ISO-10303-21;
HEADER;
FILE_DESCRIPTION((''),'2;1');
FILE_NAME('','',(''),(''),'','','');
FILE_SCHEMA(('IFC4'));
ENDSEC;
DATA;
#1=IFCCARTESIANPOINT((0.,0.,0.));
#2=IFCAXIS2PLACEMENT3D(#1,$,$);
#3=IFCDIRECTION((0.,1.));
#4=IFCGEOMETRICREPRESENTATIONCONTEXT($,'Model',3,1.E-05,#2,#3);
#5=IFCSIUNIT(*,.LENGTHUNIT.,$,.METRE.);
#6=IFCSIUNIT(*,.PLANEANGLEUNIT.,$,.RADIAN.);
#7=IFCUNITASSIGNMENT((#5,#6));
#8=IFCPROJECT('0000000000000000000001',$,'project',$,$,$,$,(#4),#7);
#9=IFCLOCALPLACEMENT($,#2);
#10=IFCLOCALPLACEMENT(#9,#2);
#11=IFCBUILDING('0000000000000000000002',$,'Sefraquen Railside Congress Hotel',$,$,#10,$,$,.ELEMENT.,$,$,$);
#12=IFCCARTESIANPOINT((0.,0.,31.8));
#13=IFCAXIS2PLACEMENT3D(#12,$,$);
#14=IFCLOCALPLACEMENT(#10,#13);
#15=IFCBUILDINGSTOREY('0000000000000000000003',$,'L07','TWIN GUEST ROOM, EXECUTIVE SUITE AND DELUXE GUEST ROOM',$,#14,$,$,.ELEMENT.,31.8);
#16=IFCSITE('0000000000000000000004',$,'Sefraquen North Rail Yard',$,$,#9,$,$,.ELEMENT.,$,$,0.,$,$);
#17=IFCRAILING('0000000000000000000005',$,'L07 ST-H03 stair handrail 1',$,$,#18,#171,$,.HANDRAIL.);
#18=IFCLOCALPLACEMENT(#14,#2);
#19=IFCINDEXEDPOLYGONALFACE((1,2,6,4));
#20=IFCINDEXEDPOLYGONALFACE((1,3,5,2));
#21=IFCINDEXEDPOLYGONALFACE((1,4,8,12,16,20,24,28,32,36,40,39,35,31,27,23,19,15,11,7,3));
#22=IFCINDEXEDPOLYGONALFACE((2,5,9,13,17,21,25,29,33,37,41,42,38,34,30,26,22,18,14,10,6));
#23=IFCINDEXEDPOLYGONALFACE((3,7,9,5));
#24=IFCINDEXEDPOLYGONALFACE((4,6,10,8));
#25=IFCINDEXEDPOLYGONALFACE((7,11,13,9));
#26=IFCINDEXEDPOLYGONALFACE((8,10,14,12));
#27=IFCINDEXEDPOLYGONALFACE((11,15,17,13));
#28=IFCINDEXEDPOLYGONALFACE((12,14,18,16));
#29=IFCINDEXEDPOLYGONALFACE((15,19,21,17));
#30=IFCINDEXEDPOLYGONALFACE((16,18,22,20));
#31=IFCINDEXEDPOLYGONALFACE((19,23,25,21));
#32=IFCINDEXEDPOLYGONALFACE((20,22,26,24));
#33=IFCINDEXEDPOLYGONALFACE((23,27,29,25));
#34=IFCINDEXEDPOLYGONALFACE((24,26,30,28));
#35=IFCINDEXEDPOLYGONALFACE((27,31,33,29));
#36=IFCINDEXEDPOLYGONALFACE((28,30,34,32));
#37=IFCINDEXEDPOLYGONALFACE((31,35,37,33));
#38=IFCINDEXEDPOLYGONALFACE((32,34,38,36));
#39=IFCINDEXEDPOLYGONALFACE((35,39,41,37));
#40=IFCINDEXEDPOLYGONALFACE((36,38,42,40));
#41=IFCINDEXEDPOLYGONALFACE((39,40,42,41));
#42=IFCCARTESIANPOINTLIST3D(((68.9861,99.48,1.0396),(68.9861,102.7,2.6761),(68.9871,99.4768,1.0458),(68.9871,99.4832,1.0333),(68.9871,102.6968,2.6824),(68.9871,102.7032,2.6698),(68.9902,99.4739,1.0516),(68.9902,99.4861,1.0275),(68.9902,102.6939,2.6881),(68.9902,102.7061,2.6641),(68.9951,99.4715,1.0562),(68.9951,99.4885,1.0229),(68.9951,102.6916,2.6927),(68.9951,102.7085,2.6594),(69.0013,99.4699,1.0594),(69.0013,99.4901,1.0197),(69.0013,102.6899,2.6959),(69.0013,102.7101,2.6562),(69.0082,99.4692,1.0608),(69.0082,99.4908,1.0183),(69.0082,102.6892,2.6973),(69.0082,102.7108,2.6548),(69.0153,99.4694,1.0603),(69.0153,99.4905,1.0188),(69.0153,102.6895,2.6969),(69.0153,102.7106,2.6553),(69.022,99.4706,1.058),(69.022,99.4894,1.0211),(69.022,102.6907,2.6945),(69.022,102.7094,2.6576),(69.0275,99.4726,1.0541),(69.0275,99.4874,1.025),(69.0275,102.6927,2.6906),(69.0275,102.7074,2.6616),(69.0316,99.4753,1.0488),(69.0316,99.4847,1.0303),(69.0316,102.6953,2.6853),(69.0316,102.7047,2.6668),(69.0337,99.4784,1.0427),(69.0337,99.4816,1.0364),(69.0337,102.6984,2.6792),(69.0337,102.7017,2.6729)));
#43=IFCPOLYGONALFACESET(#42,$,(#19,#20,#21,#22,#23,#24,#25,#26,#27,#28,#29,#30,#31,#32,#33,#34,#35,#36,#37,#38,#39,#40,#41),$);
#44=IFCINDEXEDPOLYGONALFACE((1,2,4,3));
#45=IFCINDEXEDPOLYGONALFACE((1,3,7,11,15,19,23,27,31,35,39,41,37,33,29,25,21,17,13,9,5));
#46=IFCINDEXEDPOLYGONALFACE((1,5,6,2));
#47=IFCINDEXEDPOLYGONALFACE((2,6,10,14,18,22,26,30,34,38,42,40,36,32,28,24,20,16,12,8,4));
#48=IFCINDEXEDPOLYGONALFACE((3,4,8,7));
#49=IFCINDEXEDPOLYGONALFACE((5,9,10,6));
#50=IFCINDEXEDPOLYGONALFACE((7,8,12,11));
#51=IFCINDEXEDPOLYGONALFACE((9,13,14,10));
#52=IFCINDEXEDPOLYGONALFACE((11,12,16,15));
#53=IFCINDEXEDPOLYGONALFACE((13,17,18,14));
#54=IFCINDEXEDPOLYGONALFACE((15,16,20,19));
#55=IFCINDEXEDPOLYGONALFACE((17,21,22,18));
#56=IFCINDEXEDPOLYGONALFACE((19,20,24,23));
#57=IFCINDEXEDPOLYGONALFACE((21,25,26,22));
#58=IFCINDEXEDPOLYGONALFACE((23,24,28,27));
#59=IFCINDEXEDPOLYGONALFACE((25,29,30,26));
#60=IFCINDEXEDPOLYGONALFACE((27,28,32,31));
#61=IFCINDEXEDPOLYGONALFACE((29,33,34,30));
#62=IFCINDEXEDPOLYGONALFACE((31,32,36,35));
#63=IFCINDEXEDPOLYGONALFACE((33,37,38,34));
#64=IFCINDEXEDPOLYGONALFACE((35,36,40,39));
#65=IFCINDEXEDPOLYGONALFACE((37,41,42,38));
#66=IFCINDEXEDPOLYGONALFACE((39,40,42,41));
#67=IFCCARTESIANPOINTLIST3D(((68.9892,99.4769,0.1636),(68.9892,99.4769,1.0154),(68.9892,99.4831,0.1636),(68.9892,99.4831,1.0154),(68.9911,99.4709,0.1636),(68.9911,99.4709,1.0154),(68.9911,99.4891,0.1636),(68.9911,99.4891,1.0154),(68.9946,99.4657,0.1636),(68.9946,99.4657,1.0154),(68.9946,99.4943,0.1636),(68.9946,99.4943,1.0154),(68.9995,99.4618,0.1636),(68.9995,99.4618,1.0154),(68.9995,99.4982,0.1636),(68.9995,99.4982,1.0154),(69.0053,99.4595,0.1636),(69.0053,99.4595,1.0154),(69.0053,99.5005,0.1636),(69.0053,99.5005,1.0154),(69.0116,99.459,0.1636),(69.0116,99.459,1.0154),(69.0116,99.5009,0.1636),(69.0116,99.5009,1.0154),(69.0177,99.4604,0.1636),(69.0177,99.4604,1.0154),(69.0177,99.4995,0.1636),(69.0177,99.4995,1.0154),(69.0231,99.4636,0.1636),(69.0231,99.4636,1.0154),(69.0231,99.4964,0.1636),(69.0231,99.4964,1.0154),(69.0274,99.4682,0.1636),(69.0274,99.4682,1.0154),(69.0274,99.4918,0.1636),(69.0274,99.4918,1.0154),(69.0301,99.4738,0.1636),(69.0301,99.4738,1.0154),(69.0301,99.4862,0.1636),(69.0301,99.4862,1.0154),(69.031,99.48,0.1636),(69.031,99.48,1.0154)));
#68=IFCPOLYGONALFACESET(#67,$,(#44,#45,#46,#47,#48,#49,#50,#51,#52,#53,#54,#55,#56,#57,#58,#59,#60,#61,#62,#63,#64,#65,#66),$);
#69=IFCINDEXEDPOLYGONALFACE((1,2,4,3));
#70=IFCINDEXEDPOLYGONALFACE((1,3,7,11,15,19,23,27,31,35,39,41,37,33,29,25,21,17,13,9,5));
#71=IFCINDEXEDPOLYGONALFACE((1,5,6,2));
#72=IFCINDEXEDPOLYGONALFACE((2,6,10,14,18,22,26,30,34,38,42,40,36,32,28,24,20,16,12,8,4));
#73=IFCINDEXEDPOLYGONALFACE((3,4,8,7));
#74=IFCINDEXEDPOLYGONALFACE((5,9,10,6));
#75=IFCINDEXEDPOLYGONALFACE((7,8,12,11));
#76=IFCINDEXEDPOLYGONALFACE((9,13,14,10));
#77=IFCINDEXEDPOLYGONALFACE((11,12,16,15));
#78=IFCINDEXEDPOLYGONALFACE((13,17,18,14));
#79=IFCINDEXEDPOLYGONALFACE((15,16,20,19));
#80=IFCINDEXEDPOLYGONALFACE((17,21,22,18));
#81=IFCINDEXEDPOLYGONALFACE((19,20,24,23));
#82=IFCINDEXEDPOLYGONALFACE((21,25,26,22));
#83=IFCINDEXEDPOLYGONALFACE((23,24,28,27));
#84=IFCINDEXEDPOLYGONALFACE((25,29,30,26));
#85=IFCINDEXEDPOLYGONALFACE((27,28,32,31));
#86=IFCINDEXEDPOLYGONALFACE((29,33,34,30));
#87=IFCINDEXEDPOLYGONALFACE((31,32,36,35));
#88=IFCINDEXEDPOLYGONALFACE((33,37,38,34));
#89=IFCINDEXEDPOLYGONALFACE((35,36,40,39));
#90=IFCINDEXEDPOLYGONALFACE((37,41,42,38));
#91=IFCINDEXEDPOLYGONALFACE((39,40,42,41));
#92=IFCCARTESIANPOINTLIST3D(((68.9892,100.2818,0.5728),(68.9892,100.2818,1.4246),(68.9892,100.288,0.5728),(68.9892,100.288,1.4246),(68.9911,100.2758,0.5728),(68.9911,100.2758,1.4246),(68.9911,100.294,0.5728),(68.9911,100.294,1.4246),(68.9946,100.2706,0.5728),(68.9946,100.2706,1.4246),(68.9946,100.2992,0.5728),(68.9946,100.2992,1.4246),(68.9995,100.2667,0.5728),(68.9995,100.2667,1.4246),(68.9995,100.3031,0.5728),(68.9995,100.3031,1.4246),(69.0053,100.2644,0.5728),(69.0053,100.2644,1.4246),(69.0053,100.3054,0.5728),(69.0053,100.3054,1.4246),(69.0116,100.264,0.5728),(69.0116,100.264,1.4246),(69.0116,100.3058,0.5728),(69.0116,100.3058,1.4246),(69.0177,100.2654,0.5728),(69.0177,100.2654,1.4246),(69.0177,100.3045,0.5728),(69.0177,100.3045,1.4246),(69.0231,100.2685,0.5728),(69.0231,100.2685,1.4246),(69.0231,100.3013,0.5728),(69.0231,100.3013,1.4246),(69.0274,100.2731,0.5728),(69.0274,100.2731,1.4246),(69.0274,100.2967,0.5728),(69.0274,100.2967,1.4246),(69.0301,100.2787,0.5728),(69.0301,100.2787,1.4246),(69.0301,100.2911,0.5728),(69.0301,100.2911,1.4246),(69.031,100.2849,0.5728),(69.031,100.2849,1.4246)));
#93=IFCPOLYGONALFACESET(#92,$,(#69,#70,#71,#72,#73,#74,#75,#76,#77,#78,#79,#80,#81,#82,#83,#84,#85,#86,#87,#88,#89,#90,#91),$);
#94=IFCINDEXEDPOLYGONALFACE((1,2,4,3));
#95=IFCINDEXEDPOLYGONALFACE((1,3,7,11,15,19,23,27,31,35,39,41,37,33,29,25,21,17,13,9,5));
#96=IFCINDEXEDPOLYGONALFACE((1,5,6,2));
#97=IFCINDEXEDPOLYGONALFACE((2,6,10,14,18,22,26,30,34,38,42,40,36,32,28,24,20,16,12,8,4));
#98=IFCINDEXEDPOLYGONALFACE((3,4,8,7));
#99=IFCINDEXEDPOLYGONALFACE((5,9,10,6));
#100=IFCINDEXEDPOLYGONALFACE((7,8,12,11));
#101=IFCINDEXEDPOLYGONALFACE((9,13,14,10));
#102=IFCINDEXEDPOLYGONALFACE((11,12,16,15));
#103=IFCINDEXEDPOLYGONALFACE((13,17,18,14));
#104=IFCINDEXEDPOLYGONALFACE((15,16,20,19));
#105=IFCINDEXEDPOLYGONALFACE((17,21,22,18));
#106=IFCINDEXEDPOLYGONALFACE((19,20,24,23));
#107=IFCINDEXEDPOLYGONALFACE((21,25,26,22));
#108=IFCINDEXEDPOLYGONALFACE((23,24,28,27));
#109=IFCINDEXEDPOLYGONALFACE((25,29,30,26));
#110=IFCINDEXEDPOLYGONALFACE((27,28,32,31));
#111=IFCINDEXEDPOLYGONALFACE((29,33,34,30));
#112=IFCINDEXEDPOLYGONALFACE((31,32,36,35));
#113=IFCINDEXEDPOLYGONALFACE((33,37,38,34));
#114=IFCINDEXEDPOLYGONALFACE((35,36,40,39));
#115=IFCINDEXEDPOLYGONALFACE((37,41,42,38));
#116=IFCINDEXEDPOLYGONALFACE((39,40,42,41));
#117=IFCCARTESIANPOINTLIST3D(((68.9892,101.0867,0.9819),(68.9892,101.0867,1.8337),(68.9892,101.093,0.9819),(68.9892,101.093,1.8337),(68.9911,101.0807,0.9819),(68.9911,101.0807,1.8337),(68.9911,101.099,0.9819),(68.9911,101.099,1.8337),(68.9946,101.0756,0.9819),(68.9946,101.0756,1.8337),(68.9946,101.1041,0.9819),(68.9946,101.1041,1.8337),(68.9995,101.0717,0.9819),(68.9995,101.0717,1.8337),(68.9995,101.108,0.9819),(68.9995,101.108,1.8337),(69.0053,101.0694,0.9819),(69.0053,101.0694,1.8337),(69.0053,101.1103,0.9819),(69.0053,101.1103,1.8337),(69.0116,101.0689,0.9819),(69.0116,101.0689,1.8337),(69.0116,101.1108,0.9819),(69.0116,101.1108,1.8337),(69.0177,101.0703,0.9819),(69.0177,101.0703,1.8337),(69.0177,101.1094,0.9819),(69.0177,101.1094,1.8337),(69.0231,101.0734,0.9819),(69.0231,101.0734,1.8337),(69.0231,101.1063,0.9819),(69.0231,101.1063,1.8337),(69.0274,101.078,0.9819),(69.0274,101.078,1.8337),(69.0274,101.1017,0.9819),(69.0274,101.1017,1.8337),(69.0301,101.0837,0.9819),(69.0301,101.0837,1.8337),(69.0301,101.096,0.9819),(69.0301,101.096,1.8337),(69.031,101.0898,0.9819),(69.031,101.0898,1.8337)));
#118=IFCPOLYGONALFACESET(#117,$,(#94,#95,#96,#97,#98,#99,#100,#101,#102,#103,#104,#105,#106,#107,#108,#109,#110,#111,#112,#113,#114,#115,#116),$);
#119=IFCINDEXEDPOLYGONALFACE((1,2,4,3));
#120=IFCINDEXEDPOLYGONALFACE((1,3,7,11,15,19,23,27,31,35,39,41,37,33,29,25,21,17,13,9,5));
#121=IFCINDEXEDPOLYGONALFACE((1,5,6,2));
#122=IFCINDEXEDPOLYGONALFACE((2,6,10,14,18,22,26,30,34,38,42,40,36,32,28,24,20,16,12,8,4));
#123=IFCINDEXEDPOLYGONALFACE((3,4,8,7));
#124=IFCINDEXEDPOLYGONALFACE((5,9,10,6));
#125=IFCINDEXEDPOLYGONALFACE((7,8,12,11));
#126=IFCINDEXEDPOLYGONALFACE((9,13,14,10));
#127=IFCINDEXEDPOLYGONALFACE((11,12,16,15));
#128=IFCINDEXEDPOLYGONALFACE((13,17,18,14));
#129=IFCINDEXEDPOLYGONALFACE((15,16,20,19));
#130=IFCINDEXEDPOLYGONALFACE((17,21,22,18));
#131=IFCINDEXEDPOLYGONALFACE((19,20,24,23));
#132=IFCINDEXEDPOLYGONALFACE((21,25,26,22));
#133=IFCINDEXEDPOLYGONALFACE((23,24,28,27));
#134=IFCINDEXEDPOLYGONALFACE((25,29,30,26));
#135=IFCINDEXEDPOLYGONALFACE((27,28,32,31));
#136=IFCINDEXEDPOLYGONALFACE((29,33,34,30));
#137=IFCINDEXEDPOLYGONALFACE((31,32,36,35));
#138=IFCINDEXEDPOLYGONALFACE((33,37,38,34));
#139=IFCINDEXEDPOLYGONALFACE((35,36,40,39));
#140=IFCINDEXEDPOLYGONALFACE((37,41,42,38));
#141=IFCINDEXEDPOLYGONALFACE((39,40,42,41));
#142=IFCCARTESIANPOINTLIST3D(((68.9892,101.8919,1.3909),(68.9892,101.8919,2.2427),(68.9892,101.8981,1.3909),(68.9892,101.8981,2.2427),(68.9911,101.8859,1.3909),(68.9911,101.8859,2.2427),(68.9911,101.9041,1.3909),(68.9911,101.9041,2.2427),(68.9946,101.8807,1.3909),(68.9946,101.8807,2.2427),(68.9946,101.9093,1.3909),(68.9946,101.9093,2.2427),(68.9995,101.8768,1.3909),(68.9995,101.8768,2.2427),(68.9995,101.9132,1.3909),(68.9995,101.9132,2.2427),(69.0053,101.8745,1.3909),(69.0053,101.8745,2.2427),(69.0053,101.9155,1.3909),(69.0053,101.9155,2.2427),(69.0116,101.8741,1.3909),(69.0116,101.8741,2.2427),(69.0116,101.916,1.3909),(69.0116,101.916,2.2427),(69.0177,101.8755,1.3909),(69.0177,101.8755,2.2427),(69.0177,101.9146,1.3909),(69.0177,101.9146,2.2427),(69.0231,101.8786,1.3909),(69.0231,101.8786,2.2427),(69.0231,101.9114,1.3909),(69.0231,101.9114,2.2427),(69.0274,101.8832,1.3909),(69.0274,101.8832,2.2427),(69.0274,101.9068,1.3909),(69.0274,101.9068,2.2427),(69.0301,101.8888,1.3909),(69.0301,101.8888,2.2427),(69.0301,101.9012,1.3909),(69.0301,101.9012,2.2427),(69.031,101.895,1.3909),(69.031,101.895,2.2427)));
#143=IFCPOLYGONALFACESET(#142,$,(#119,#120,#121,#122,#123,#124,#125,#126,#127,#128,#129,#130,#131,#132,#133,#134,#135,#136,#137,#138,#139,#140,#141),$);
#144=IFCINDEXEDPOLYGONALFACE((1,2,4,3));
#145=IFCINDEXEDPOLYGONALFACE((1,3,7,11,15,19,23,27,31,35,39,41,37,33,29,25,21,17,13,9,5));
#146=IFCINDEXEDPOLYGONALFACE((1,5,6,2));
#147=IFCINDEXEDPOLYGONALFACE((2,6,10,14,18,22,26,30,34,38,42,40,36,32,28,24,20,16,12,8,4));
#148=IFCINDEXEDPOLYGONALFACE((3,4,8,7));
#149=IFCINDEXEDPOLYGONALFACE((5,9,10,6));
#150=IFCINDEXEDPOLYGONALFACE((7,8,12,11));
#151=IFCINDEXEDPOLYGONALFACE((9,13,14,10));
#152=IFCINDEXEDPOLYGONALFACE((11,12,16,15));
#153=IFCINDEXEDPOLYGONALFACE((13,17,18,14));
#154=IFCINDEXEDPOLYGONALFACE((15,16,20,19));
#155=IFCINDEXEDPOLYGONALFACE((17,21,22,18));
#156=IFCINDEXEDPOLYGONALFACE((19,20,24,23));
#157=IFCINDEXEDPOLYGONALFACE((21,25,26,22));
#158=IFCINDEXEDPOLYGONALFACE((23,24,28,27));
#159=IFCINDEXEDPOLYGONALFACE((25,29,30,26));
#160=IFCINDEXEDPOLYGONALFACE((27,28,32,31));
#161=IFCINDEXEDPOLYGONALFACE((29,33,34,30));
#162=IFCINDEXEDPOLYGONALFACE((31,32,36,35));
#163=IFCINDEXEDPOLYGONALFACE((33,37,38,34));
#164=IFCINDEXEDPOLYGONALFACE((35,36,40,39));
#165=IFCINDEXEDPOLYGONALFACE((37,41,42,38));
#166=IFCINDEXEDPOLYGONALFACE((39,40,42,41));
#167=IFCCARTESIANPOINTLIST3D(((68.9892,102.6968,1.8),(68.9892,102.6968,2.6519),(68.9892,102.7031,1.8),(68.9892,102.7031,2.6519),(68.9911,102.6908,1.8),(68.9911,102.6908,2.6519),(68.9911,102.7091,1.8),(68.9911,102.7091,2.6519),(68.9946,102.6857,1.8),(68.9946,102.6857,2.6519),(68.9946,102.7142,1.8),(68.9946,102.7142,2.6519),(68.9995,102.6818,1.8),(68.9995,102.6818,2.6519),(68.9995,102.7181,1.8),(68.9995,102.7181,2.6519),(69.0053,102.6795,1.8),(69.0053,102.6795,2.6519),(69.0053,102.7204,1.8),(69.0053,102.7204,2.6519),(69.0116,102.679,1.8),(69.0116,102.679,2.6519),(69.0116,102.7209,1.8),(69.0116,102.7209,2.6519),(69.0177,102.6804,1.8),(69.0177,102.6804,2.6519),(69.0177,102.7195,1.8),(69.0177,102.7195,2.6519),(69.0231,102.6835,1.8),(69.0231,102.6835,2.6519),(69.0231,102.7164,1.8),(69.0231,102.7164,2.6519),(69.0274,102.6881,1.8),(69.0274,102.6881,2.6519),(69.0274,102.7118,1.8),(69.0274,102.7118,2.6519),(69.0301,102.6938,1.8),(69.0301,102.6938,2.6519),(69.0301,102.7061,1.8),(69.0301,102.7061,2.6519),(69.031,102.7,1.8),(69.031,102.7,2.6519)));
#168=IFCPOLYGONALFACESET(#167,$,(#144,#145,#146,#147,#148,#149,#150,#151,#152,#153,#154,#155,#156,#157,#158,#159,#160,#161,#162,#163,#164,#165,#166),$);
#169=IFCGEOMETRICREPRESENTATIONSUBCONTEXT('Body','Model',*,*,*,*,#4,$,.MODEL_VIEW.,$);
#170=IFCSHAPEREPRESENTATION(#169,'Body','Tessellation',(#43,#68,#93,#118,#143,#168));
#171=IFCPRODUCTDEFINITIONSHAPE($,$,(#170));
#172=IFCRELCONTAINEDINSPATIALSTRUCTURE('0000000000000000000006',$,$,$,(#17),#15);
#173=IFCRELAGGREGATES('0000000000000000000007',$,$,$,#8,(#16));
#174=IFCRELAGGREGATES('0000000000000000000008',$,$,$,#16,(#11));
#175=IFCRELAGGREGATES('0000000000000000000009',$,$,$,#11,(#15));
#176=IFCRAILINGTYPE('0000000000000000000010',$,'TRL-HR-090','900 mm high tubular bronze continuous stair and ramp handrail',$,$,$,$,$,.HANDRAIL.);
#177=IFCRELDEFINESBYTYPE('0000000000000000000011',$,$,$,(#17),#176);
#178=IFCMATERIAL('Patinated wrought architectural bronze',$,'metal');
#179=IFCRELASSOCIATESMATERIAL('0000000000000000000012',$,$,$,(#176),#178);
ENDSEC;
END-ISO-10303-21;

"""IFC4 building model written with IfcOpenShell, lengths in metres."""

from ifc_helpers import new_model, si_unit, direction, frame, origin, origin_2d, place, context, subcontext, project, spatial, circle, extrude, material, type_object, element, save


model = new_model("IFC4")

# Units and contexts
model_context = context("Model", 3, precision=1e-05, world=origin(), true_north=direction((0.0, 1.0)))
body_context = subcontext(model_context, "Body", "Model", "MODEL_VIEW")
ifc_project = project(units=[si_unit("LENGTHUNIT", "METRE"), si_unit("PLANEANGLEUNIT", "RADIAN")], contexts=[model_context])

# Site, building, storey
site_placement = place(None, origin())
site = spatial("IfcSite", under=ifc_project, at=site_placement, Name="Sefraquen North Rail Yard", CompositionType="ELEMENT", RefElevation=0.0)
building_placement = place(site_placement, origin())
building = spatial("IfcBuilding", under=site, at=building_placement, Name="Sefraquen Railside Congress Hotel", CompositionType="ELEMENT")
storey_placement = place(building_placement, frame((0.0, 0.0, 31.8)))
storey = spatial("IfcBuildingStorey", under=building, at=storey_placement, Name="L07", Description="TWIN GUEST ROOM, EXECUTIVE SUITE AND DELUXE GUEST ROOM", CompositionType="ELEMENT", Elevation=31.8)

# Railing
ifc_material_1 = material(Name="Patinated wrought architectural bronze", Category="metal")
railing_type_1 = type_object("IfcRailingType", Name="TRL-HR-090", Description="900 mm high tubular bronze continuous stair and ramp handrail", PredefinedType="HANDRAIL", material=ifc_material_1)
railing_1_placement = place(storey_placement, frame((69.01, 99.48, 0.1636)))
element("IfcRailing", 1, at=railing_1_placement, inside=storey, type_object=railing_type_1, Name="L07 ST-H03 stair handrail 1", PredefinedType="HANDRAIL", context=body_context, shape_type="SweptSolid", body=[
    extrude(circle(Radius=0.0239, at=origin_2d()), frame((0.0, 0.0, 0.876), z_axis=(0.0, 0.891474, 0.453071), x_axis=(-1.0, 0.0, 0.0)), (0.0, 0.0, 1.0), 3.6121),
    extrude(circle(Radius=0.021, at=origin_2d()), origin(), (0.0, 0.0, 1.0), 0.8518),
    extrude(circle(Radius=0.021, at=origin_2d()), frame((0.0, 0.8049, 0.4092)), (0.0, 0.0, 1.0), 0.8518),
    extrude(circle(Radius=0.021, at=origin_2d()), frame((0.0, 1.6099, 0.8184)), (0.0, 0.0, 1.0), 0.8518),
    extrude(circle(Radius=0.021, at=origin_2d()), frame((0.0, 2.415, 1.2273)), (0.0, 0.0, 1.0), 0.8518),
    extrude(circle(Radius=0.021, at=origin_2d()), frame((0.0, 3.22, 1.6365)), (0.0, 0.0, 1.0), 0.8518),
])

save(model, "model.ifc")
